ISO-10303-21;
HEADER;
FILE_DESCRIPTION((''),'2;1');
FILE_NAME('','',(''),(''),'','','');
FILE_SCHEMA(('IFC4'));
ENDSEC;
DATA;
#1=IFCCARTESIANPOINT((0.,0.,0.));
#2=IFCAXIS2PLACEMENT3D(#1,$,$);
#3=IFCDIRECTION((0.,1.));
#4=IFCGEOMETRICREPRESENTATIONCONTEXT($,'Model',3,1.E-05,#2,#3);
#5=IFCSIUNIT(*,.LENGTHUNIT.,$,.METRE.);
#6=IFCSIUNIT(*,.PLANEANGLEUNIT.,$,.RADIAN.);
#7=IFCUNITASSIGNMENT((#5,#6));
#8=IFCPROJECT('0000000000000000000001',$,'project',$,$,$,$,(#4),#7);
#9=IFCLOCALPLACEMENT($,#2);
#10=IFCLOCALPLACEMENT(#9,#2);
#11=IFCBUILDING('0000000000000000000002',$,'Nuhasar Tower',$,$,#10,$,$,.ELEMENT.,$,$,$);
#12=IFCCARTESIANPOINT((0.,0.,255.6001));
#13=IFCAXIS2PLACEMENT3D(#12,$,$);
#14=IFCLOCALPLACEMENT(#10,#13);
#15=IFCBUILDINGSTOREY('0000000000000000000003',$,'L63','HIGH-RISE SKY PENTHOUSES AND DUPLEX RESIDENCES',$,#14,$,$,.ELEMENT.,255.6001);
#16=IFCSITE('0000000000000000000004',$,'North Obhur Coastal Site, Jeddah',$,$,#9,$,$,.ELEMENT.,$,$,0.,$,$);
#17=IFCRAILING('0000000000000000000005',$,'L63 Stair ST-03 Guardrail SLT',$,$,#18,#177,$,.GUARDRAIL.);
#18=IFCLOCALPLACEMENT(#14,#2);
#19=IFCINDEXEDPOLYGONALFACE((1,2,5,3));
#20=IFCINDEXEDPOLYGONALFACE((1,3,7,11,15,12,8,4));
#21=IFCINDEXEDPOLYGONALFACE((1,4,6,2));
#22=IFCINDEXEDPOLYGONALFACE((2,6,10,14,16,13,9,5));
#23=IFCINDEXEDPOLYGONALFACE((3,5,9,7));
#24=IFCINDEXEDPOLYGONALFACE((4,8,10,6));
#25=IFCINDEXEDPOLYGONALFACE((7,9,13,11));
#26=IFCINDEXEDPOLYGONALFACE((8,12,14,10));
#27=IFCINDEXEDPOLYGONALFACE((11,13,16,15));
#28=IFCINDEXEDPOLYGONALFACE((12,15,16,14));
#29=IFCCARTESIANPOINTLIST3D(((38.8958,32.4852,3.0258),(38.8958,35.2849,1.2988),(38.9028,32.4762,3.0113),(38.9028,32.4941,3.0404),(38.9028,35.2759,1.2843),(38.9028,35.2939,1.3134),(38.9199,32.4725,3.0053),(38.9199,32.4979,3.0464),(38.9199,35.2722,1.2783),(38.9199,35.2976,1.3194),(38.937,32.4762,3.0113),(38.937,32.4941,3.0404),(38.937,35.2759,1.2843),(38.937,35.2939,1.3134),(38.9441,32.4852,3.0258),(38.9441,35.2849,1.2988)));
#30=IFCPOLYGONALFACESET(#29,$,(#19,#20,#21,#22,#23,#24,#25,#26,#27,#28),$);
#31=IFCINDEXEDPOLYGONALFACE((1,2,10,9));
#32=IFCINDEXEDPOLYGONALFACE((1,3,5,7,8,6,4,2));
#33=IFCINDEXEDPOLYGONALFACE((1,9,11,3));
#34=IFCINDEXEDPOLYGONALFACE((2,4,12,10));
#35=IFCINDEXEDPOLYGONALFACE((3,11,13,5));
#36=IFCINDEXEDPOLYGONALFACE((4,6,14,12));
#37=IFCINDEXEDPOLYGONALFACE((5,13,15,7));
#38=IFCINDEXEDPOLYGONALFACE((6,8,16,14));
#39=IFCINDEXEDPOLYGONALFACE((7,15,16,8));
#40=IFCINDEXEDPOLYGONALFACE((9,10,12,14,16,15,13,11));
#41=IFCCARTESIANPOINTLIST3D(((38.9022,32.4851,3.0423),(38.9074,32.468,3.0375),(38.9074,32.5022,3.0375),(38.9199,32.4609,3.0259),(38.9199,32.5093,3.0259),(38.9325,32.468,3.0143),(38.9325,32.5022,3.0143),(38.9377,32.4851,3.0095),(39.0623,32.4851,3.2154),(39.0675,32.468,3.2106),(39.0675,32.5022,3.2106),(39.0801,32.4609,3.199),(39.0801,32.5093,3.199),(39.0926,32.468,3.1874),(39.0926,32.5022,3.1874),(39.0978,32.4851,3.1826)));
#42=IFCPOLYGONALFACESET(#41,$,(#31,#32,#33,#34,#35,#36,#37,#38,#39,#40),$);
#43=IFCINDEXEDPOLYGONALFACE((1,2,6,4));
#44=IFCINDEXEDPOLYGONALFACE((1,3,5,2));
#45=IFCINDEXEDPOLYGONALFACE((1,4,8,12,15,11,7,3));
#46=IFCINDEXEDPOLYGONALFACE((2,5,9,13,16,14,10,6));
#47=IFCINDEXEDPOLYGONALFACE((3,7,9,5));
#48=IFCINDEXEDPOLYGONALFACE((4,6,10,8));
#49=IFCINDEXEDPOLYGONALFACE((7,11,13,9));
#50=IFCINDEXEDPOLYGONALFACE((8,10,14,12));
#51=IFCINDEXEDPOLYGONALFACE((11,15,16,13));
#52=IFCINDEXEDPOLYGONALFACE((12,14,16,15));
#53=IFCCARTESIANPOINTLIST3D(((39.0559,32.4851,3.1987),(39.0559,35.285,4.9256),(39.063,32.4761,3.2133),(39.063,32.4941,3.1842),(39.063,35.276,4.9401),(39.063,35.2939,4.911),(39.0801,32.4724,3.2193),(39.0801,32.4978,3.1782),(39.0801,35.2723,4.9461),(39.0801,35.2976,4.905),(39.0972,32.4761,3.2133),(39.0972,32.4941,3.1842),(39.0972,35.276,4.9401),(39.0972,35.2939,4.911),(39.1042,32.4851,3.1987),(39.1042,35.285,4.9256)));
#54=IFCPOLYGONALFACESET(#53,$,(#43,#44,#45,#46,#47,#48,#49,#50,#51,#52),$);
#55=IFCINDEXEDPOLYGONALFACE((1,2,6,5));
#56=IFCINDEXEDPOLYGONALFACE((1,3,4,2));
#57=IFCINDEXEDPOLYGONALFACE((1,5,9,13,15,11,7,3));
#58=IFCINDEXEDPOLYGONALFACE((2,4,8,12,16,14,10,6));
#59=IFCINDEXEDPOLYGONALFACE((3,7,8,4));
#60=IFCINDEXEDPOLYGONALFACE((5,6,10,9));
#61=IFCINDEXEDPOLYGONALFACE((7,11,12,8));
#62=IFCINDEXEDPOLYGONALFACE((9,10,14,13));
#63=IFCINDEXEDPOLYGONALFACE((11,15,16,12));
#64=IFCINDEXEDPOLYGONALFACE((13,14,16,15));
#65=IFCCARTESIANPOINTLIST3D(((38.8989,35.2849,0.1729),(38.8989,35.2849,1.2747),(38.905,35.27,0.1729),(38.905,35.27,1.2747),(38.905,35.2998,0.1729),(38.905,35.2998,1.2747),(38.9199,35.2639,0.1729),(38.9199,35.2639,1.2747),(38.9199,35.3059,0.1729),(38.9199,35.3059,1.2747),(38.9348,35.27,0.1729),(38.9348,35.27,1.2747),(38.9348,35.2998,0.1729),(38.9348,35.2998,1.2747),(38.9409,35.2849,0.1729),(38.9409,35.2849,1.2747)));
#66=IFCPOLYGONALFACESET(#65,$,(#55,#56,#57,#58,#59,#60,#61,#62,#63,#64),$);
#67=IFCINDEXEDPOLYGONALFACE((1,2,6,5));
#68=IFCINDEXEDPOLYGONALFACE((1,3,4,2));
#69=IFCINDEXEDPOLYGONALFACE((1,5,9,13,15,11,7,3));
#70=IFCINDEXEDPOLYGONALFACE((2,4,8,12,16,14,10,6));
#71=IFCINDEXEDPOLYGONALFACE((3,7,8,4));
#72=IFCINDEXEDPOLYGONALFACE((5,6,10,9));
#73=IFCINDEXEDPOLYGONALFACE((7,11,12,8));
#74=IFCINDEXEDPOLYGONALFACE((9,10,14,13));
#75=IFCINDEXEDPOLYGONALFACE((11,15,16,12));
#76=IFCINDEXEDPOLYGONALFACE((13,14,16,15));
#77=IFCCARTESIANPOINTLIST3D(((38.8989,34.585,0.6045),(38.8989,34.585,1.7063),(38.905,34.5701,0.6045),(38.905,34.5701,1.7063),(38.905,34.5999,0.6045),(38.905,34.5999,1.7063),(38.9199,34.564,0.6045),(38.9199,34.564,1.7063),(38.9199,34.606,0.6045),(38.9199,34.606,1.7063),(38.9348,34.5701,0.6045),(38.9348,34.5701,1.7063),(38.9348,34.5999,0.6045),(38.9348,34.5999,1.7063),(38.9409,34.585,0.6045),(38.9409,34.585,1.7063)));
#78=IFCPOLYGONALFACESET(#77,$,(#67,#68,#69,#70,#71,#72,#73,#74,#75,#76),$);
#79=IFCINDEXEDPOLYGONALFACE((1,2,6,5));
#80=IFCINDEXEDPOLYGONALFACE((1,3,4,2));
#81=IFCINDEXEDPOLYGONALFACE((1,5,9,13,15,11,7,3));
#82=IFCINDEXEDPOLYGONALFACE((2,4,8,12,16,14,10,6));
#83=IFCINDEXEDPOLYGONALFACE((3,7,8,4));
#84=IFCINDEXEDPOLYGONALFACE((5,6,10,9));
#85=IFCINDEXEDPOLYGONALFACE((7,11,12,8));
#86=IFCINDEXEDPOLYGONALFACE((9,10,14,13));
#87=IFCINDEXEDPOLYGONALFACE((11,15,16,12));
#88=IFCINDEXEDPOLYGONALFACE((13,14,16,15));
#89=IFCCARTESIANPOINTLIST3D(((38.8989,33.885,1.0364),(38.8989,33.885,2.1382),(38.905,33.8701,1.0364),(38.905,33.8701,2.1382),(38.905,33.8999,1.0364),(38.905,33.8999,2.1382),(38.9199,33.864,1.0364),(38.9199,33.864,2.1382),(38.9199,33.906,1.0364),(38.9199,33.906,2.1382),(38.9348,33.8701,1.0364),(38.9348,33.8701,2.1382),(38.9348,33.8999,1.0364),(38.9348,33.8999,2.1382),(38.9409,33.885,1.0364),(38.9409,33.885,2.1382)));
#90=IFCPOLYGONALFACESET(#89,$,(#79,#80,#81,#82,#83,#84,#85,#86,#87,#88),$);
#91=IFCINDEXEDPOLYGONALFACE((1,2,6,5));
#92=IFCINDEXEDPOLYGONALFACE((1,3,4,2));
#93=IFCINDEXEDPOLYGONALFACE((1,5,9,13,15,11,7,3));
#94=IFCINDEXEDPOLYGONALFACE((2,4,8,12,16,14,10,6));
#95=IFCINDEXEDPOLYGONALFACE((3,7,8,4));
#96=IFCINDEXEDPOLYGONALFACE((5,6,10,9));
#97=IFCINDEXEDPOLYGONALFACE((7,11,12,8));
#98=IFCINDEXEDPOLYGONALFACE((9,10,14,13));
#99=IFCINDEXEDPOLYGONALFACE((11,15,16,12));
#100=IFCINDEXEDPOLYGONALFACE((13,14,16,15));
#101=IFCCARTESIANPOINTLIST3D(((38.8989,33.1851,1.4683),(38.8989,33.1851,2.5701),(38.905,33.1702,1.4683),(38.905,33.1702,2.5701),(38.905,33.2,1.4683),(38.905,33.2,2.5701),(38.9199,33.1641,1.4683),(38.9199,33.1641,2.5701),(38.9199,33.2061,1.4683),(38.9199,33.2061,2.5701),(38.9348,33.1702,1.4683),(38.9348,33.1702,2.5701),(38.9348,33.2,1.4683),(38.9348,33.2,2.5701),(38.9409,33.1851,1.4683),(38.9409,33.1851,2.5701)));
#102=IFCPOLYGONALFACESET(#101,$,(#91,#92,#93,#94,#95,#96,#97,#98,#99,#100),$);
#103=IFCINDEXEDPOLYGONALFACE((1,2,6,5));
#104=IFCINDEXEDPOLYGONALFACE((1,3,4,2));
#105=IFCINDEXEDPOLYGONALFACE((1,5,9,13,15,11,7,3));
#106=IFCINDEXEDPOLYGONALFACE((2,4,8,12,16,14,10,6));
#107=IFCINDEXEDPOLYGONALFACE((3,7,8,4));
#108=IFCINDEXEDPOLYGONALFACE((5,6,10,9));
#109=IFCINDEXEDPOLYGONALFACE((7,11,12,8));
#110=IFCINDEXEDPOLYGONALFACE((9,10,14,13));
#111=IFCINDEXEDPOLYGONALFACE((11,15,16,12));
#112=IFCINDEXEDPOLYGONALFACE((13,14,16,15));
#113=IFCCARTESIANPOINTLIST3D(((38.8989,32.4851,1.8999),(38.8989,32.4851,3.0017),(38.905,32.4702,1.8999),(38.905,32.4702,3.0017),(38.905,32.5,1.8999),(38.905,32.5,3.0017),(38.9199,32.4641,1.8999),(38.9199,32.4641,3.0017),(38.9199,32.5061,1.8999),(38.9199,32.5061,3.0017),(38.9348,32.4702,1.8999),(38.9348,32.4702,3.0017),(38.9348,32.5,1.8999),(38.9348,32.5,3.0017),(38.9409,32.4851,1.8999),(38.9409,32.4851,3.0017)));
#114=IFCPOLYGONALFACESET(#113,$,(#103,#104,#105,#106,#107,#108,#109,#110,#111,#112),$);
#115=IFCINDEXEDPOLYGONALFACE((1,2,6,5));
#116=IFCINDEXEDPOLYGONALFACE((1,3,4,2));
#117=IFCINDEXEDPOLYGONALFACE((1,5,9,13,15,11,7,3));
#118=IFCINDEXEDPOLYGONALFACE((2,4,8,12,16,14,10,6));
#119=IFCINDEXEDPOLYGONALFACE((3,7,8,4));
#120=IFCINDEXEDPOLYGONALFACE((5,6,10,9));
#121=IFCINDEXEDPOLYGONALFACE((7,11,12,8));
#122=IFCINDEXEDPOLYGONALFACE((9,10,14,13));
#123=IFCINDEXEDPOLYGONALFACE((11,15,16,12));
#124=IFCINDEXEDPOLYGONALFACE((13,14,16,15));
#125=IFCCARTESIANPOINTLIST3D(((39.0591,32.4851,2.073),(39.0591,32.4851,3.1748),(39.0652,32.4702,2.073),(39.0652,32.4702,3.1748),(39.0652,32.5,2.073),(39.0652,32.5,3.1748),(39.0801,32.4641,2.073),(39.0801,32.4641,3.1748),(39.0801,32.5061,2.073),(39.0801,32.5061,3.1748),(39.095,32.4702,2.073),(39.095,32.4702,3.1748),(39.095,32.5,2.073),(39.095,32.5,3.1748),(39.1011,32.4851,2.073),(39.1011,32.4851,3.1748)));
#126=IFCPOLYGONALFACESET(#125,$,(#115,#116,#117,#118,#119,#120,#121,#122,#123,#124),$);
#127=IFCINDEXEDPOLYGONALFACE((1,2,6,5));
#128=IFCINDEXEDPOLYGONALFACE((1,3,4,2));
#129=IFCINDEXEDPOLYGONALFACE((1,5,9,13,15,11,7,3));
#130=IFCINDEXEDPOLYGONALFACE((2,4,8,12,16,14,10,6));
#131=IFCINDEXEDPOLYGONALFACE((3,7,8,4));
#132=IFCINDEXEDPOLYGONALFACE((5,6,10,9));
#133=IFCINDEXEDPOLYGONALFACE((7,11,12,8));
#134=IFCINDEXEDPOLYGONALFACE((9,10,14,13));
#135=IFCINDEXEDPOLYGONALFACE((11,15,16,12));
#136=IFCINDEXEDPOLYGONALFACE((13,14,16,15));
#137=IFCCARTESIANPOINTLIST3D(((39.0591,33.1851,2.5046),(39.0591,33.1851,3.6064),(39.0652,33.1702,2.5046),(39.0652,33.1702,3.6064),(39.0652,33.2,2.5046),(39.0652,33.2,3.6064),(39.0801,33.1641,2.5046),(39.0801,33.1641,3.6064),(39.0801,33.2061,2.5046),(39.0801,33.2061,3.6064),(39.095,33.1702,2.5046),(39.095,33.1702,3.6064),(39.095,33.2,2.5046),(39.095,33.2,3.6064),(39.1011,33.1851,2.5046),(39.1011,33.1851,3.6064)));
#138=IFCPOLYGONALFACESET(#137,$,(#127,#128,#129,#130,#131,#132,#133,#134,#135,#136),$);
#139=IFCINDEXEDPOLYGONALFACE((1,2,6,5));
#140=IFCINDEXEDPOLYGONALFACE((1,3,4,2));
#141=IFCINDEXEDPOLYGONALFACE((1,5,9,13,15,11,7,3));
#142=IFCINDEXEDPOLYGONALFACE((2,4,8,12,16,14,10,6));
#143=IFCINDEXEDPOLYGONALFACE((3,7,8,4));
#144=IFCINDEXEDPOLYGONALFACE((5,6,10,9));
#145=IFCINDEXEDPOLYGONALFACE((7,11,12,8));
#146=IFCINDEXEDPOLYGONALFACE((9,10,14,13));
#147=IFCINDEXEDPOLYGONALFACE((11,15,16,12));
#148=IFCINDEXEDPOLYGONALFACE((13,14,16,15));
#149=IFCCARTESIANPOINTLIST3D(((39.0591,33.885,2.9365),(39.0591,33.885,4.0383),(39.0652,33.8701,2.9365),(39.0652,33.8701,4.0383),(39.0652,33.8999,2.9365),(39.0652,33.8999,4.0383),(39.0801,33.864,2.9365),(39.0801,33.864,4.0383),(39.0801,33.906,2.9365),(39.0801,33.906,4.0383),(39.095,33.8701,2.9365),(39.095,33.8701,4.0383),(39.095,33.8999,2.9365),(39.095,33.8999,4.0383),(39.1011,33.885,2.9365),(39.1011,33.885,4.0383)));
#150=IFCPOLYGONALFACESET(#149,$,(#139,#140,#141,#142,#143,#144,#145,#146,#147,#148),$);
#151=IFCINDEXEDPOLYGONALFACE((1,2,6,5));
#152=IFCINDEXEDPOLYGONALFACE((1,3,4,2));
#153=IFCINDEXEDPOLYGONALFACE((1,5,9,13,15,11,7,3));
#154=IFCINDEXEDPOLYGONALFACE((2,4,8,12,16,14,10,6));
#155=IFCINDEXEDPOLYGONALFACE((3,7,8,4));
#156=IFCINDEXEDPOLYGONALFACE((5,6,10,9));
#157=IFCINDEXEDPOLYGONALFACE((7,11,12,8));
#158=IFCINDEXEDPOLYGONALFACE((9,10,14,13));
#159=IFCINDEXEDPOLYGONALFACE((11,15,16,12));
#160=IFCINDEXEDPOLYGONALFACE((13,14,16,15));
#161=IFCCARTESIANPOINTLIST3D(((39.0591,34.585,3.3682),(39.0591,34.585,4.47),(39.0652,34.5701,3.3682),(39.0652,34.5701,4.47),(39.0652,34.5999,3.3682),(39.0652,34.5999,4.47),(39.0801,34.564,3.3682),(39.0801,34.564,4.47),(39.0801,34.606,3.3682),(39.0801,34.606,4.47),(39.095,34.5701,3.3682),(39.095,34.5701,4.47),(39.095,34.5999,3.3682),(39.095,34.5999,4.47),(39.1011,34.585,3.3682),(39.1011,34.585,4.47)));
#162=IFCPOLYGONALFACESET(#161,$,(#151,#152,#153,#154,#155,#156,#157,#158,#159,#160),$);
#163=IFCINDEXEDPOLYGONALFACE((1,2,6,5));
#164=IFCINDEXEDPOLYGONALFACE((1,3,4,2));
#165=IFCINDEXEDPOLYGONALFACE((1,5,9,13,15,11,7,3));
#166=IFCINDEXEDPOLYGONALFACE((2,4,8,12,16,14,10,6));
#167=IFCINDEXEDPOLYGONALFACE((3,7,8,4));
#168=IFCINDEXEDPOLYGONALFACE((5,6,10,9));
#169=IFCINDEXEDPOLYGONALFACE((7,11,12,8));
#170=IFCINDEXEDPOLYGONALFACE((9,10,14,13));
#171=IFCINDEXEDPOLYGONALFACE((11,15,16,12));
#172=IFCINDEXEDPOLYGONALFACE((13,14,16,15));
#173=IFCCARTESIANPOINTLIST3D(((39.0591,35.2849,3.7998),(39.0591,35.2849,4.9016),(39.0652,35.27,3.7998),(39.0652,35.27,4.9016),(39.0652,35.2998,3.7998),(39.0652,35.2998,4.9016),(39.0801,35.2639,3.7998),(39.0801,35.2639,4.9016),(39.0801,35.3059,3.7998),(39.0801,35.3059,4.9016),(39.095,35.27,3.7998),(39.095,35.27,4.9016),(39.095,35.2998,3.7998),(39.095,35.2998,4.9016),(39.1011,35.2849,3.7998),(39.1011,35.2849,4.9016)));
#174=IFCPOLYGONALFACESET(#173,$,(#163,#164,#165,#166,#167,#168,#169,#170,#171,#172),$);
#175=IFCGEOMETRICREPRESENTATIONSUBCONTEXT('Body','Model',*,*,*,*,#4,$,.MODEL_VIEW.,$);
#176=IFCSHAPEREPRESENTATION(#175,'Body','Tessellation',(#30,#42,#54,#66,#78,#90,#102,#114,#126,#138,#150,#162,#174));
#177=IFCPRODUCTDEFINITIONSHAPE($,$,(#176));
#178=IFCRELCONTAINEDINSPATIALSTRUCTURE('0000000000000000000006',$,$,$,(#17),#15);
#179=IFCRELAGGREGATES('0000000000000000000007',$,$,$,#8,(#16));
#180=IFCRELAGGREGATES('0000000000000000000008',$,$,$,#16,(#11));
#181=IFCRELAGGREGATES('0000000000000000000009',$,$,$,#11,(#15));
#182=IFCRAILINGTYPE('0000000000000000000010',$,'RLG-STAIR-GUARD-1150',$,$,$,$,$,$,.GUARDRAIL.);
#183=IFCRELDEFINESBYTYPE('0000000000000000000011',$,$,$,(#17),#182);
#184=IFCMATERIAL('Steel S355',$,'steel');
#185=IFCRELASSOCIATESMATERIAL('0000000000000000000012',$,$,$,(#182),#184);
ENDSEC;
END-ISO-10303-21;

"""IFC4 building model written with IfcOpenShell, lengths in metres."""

from ifc_helpers import new_model, si_unit, direction, frame, origin, place, context, subcontext, project, spatial, polyline, outline, extrude, material, type_object, element, save


model = new_model("IFC4")

# Units and contexts
model_context = context("Model", 3, precision=1e-05, world=origin(), true_north=direction((0.0, 1.0)))
body_context = subcontext(model_context, "Body", "Model", "MODEL_VIEW")
ifc_project = project(units=[si_unit("LENGTHUNIT", "METRE"), si_unit("PLANEANGLEUNIT", "RADIAN")], contexts=[model_context])

# Site, building, storey
site_placement = place(None, origin())
site = spatial("IfcSite", under=ifc_project, at=site_placement, Name="North Obhur Coastal Site, Jeddah", CompositionType="ELEMENT", RefElevation=0.0)
building_placement = place(site_placement, origin())
building = spatial("IfcBuilding", under=site, at=building_placement, Name="Nuhasar Tower", CompositionType="ELEMENT")
storey_placement = place(building_placement, frame((0.0, 0.0, 255.6001)))
storey = spatial("IfcBuildingStorey", under=building, at=storey_placement, Name="L63", Description="HIGH-RISE SKY PENTHOUSES AND DUPLEX RESIDENCES", CompositionType="ELEMENT", Elevation=255.6001)

# Shared definitions
ifc_material_1 = material(Name="Steel S355", Category="steel")

# Railing
railing_type_1 = type_object("IfcRailingType", Name="RLG-STAIR-GUARD-1150", PredefinedType="GUARDRAIL", material=ifc_material_1)
railing_1_placement = place(storey_placement, frame((38.9199, 35.2849, 0.1729)))
element("IfcRailing", 1, at=railing_1_placement, inside=storey, type_object=railing_type_1, Name="L63 Stair ST-03 Guardrail SLT", PredefinedType="GUARDRAIL", context=body_context, shape_type="SweptSolid", body=[
    extrude(outline(polyline([(0.0242, 0.0), (0.0171, 0.0171), (0.0, 0.0242), (-0.0171, 0.0171), (-0.0242, 0.0), (-0.0171, -0.0171), (0.0, -0.0242), (0.0171, -0.0171), (0.0242, 0.0)])), frame((0.0, 0.0, 1.126), z_axis=(0.0, -0.851102, 0.525), x_axis=(1.0, 0.0, 0.0)), (0.0, 0.0, 1.0), 3.2896),
    extrude(outline(polyline([(0.0242, 0.0), (0.0171, 0.0171), (0.0, 0.0242), (-0.0171, 0.0171), (-0.0242, 0.0), (-0.0171, -0.0171), (0.0, -0.0242), (0.0171, -0.0171), (0.0242, 0.0)])), frame((0.0, -2.7998, 2.853), z_axis=(0.67914, 0.0, 0.734009), x_axis=(0.0, 1.0, 0.0)), (0.0, 0.0, 1.0), 0.2358),
    extrude(outline(polyline([(0.0242, 0.0), (0.0171, 0.0171), (0.0, 0.0242), (-0.0171, 0.0171), (-0.0242, 0.0), (-0.0171, -0.0171), (0.0, -0.0242), (0.0171, -0.0171), (0.0242, 0.0)])), frame((0.1602, -2.7998, 3.0259), z_axis=(0.0, 0.851135, 0.524946), x_axis=(-1.0, 0.0, 0.0)), (0.0, 0.0, 1.0), 3.2896),
    extrude(outline(polyline([(0.021, 0.0), (0.0149, 0.0149), (0.0, 0.021), (-0.0149, 0.0149), (-0.021, 0.0), (-0.0149, -0.0149), (0.0, -0.021), (0.0149, -0.0149), (0.021, 0.0)])), origin(), (0.0, 0.0, 1.0), 1.1018),
    extrude(outline(polyline([(0.021, 0.0), (0.0149, 0.0149), (0.0, 0.021), (-0.0149, 0.0149), (-0.021, 0.0), (-0.0149, -0.0149), (0.0, -0.021), (0.0149, -0.0149), (0.021, 0.0)])), frame((0.0, -0.7, 0.4316)), (0.0, 0.0, 1.0), 1.1018),
    extrude(outline(polyline([(0.021, 0.0), (0.0149, 0.0149), (0.0, 0.021), (-0.0149, 0.0149), (-0.021, 0.0), (-0.0149, -0.0149), (0.0, -0.021), (0.0149, -0.0149), (0.021, 0.0)])), frame((0.0, -1.3999, 0.8635)), (0.0, 0.0, 1.0), 1.1018),
    extrude(outline(polyline([(0.021, 0.0), (0.0149, 0.0149), (0.0, 0.021), (-0.0149, 0.0149), (-0.021, 0.0), (-0.0149, -0.0149), (0.0, -0.021), (0.0149, -0.0149), (0.021, 0.0)])), frame((0.0, -2.0999, 1.2954)), (0.0, 0.0, 1.0), 1.1018),
    extrude(outline(polyline([(0.021, 0.0), (0.0149, 0.0149), (0.0, 0.021), (-0.0149, 0.0149), (-0.021, 0.0), (-0.0149, -0.0149), (0.0, -0.021), (0.0149, -0.0149), (0.021, 0.0)])), frame((0.0, -2.7998, 1.7271)), (0.0, 0.0, 1.0), 1.1018),
    extrude(outline(polyline([(0.021, 0.0), (0.0149, 0.0149), (0.0, 0.021), (-0.0149, 0.0149), (-0.021, 0.0), (-0.0149, -0.0149), (0.0, -0.021), (0.0149, -0.0149), (0.021, 0.0)])), frame((0.1602, -2.7998, 1.9001)), (0.0, 0.0, 1.0), 1.1018),
    extrude(outline(polyline([(0.021, 0.0), (0.0149, 0.0149), (0.0, 0.021), (-0.0149, 0.0149), (-0.021, 0.0), (-0.0149, -0.0149), (0.0, -0.021), (0.0149, -0.0149), (0.021, 0.0)])), frame((0.1602, -2.0999, 2.3318)), (0.0, 0.0, 1.0), 1.1018),
    extrude(outline(polyline([(0.021, 0.0), (0.0149, 0.0149), (0.0, 0.021), (-0.0149, 0.0149), (-0.021, 0.0), (-0.0149, -0.0149), (0.0, -0.021), (0.0149, -0.0149), (0.021, 0.0)])), frame((0.1602, -1.3999, 2.7637)), (0.0, 0.0, 1.0), 1.1018),
    extrude(outline(polyline([(0.021, 0.0), (0.0149, 0.0149), (0.0, 0.021), (-0.0149, 0.0149), (-0.021, 0.0), (-0.0149, -0.0149), (0.0, -0.021), (0.0149, -0.0149), (0.021, 0.0)])), frame((0.1602, -0.7, 3.1953)), (0.0, 0.0, 1.0), 1.1018),
    extrude(outline(polyline([(0.021, 0.0), (0.0149, 0.0149), (0.0, 0.021), (-0.0149, 0.0149), (-0.021, 0.0), (-0.0149, -0.0149), (0.0, -0.021), (0.0149, -0.0149), (0.021, 0.0)])), frame((0.1602, 0.0, 3.627)), (0.0, 0.0, 1.0), 1.1018),
])

save(model, "model.ifc")
